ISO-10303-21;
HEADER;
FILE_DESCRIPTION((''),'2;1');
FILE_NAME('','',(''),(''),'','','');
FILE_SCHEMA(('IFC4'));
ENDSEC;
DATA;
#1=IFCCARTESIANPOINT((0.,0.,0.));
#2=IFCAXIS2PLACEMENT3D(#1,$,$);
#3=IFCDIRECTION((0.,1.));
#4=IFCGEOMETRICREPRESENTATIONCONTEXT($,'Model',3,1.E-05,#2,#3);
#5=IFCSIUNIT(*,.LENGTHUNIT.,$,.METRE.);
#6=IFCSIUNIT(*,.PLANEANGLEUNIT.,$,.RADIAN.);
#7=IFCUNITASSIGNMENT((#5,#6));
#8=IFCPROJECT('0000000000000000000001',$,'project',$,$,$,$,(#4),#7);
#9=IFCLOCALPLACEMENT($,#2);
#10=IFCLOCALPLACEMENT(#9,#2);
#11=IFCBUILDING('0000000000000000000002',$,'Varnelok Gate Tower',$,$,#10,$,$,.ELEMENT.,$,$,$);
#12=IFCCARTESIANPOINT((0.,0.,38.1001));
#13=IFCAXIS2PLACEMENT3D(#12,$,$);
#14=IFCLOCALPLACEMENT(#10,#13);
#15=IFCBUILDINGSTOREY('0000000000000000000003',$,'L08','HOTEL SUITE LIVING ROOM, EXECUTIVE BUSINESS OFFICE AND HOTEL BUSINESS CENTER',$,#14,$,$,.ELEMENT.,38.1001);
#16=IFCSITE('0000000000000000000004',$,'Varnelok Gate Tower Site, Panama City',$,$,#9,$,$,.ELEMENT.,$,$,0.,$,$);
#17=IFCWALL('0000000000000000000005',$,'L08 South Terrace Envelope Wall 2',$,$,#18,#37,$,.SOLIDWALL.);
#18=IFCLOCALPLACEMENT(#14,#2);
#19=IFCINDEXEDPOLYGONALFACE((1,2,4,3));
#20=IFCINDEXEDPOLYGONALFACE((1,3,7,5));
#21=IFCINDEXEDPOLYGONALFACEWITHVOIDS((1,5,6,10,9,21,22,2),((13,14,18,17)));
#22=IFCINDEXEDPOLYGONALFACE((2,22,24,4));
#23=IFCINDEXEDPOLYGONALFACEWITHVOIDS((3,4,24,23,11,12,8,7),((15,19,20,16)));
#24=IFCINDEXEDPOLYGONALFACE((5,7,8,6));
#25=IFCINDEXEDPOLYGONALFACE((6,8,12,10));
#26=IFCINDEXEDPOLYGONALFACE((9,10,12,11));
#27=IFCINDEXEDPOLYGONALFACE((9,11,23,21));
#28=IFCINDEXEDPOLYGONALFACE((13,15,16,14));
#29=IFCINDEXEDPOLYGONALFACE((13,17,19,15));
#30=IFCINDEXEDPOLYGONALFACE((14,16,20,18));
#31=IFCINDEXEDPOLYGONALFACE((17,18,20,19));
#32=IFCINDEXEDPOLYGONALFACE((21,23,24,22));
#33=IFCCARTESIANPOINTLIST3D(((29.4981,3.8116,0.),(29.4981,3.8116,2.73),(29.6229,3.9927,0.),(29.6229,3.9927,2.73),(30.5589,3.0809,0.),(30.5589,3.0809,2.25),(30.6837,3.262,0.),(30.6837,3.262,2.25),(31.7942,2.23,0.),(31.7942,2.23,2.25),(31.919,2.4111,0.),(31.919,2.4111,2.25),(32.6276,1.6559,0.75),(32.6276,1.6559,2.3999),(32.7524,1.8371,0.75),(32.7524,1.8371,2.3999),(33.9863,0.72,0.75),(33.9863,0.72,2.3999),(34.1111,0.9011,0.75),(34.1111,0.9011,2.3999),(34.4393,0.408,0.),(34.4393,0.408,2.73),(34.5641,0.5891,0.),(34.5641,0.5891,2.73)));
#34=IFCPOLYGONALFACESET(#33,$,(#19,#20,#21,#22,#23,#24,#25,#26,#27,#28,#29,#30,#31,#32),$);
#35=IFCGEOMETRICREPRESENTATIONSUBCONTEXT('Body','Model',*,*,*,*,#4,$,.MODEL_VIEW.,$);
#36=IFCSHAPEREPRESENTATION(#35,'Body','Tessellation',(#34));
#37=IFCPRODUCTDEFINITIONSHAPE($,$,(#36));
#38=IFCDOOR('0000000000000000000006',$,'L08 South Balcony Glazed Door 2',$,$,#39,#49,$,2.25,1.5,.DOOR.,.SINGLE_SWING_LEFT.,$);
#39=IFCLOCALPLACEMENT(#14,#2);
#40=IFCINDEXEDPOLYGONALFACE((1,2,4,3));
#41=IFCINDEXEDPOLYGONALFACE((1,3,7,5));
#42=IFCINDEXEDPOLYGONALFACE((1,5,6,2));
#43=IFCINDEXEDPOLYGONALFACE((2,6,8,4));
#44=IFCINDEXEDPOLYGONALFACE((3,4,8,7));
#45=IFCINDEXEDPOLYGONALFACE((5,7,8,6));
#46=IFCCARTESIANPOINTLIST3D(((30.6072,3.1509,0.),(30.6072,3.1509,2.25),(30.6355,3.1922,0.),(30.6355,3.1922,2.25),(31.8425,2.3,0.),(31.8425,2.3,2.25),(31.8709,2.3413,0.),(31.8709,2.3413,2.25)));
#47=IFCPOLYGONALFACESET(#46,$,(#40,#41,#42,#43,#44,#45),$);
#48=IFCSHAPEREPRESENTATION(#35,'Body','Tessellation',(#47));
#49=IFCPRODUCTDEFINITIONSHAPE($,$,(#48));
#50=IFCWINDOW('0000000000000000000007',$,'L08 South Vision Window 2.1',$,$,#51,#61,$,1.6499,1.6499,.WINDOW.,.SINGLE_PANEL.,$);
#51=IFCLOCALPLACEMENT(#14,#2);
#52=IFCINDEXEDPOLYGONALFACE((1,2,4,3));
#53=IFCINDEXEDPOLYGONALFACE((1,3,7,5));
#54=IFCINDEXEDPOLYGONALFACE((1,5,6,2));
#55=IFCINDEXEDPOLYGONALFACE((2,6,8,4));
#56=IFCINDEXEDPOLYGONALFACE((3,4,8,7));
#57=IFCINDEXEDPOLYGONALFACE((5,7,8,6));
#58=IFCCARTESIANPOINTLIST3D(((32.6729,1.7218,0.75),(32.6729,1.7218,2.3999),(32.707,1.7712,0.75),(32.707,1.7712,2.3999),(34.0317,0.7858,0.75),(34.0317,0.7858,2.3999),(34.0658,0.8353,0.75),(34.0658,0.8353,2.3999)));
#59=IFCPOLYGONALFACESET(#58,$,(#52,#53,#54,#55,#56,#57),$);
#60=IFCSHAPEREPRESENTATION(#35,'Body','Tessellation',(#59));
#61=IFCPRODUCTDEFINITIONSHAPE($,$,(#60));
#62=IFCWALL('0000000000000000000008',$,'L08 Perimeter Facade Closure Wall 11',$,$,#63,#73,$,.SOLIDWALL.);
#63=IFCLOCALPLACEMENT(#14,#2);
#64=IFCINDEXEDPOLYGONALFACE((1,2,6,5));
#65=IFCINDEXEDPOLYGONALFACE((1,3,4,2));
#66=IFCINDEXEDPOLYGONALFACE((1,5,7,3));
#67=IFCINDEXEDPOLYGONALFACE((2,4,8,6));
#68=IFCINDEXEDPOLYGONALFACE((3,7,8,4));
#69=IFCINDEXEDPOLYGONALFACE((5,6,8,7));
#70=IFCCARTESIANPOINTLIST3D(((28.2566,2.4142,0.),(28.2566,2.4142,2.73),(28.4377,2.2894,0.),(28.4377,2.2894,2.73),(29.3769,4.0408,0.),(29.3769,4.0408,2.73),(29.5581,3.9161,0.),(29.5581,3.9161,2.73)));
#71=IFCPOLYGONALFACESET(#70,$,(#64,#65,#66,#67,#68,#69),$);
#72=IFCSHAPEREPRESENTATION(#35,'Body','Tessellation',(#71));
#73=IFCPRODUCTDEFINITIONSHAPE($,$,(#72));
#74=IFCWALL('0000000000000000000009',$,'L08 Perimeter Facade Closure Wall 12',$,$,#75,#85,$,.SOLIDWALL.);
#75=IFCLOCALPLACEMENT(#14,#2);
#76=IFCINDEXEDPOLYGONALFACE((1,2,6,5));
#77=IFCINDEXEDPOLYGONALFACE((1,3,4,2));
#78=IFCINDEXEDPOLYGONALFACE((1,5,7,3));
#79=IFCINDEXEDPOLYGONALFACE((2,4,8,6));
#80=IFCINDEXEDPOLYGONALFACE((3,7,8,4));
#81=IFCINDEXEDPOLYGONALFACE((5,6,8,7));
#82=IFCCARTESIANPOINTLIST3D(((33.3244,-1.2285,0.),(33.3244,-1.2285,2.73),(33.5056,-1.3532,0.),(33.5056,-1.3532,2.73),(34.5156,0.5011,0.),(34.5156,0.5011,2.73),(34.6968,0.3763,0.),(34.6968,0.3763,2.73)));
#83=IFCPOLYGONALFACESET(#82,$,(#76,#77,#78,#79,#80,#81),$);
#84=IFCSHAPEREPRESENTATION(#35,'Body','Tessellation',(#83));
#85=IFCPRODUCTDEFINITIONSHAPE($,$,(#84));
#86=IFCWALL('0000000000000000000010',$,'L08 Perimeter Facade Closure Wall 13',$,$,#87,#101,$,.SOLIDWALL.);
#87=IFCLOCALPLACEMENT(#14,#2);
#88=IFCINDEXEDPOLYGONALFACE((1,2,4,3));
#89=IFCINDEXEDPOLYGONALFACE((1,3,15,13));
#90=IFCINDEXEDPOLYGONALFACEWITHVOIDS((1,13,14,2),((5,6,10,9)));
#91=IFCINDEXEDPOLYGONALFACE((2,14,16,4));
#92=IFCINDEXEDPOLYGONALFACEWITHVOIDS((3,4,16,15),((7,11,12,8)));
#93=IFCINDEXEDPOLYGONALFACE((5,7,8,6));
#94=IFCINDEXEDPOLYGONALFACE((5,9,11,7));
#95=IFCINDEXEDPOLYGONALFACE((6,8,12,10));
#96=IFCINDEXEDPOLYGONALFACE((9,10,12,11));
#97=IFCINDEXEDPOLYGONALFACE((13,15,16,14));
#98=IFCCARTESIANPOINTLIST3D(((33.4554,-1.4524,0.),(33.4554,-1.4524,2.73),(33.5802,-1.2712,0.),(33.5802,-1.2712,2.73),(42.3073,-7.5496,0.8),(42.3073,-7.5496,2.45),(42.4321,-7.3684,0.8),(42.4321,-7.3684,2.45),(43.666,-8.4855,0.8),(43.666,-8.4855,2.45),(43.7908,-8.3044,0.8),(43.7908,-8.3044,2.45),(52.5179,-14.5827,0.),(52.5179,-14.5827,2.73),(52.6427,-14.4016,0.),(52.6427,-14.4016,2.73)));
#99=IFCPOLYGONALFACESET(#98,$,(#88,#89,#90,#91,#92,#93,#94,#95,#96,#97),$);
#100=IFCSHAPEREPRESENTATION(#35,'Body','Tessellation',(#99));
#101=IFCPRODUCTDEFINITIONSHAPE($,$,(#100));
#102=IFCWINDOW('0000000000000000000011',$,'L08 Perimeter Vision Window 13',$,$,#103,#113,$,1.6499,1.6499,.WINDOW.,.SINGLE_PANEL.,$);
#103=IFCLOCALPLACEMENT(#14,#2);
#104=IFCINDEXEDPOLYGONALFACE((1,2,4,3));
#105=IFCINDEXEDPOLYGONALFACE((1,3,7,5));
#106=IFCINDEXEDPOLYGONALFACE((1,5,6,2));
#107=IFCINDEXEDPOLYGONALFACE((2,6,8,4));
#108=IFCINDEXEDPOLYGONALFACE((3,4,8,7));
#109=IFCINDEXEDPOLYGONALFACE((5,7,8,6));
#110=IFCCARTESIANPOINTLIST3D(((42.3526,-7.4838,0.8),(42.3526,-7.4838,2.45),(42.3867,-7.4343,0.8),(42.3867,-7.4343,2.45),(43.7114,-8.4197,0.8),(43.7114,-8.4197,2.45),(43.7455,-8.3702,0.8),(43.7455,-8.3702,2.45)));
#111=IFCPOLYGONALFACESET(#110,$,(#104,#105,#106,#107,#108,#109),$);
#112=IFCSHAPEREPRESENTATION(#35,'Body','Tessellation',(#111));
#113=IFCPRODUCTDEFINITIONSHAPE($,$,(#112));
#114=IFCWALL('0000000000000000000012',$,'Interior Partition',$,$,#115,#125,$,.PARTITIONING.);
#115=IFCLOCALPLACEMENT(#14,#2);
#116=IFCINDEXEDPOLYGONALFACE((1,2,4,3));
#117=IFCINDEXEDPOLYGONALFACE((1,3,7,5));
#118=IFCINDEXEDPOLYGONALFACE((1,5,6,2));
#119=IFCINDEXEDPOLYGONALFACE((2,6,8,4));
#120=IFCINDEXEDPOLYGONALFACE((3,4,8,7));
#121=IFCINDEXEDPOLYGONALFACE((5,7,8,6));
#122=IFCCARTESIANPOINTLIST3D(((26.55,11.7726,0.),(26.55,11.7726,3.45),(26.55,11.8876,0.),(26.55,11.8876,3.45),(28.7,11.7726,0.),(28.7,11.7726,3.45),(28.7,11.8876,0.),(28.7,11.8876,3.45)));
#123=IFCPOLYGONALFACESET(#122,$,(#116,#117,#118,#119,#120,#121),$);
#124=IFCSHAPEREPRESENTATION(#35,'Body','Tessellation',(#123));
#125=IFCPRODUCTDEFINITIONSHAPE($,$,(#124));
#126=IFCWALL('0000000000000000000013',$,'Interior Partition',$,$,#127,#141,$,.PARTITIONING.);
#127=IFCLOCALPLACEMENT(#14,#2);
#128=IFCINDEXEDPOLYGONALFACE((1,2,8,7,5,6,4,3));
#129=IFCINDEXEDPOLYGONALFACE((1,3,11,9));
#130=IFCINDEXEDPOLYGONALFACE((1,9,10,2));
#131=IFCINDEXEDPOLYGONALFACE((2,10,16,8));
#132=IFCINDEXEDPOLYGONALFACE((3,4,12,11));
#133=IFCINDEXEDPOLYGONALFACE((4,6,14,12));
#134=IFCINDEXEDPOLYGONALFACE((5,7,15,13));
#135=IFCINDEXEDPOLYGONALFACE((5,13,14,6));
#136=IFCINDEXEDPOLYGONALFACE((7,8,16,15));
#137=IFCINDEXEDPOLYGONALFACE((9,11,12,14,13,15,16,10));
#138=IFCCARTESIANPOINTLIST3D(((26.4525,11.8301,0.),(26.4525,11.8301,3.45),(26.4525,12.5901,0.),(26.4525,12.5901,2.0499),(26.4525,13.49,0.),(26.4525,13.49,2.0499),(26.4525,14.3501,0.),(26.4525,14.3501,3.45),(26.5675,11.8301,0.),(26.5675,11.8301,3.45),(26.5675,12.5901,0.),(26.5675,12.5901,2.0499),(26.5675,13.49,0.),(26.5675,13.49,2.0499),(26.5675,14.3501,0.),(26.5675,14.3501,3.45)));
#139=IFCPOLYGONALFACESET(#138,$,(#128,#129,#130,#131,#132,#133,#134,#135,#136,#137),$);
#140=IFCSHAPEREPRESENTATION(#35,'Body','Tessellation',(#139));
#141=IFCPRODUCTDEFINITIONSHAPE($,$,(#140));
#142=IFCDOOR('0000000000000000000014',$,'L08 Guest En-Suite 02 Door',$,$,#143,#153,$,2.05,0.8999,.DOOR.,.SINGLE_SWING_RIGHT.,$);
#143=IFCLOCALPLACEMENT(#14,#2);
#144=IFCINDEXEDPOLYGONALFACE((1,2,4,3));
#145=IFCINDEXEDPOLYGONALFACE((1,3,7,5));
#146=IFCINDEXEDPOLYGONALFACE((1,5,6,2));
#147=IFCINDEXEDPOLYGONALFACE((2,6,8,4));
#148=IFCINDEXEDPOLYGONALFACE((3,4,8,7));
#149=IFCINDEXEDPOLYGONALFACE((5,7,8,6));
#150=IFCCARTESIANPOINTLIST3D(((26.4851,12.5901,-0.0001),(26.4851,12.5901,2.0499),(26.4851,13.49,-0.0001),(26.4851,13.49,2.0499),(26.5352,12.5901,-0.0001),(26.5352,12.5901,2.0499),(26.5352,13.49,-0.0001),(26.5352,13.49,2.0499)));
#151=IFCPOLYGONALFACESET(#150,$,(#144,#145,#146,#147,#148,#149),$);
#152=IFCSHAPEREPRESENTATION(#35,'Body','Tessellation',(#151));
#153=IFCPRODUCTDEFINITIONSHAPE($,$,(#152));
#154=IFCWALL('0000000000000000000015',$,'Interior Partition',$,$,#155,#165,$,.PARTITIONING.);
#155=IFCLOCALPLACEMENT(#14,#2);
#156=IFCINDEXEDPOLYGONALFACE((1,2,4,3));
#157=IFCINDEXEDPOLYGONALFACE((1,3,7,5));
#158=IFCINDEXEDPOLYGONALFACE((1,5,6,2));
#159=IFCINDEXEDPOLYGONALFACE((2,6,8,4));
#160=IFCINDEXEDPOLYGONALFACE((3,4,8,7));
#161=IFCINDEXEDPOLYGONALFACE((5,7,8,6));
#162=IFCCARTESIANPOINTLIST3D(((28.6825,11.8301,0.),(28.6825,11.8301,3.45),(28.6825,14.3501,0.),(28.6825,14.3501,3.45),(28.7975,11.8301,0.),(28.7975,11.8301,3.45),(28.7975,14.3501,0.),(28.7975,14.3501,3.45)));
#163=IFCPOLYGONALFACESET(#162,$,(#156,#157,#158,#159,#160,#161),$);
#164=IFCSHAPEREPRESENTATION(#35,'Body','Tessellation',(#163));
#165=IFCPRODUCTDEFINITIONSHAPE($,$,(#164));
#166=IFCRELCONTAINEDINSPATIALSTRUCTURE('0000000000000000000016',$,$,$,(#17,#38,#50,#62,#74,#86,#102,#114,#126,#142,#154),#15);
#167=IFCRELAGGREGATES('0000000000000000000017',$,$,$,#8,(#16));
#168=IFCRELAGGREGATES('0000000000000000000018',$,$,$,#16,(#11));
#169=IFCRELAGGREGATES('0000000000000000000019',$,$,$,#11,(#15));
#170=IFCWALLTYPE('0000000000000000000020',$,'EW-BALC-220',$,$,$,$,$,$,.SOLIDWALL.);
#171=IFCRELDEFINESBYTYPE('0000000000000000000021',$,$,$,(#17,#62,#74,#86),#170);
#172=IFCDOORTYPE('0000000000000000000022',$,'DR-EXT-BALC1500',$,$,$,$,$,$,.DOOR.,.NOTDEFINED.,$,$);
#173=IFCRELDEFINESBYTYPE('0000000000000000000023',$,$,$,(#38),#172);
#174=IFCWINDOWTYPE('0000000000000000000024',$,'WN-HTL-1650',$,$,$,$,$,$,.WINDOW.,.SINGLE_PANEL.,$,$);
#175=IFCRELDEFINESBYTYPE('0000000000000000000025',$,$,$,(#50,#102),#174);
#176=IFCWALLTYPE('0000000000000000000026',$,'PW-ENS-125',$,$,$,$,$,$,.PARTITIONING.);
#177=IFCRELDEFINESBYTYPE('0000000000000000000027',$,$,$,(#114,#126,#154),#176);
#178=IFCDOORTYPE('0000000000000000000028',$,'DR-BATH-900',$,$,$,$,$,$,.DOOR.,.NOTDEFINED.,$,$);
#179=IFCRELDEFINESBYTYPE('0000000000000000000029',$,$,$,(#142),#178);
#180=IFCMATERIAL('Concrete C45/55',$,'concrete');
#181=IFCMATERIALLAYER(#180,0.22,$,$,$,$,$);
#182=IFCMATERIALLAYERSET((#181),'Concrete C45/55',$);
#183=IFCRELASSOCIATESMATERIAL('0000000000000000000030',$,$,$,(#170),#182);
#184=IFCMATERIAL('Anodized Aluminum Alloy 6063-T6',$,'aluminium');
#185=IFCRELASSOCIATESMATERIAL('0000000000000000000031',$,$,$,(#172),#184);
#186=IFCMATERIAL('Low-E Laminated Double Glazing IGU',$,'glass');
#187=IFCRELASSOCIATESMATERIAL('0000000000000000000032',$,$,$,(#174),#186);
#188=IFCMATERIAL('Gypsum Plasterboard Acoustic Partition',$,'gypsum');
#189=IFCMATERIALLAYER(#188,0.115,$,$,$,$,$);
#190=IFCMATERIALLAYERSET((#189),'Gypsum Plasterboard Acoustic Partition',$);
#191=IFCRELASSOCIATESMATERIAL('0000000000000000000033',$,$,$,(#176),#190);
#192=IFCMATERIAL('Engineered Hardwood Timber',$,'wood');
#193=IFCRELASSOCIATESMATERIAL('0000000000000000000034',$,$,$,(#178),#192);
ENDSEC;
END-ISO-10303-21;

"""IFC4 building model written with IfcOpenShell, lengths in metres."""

from ifc_helpers import new_model, si_unit, direction, frame, frame_2d, origin, place, context, subcontext, project, spatial, rectangle, extrude, material, layer, layer_set, type_object, element, fill, save


model = new_model("IFC4")

# Units and contexts
model_context = context("Model", 3, precision=1e-05, world=origin(), true_north=direction((0.0, 1.0)))
body_context = subcontext(model_context, "Body", "Model", "MODEL_VIEW")
ifc_project = project(units=[si_unit("LENGTHUNIT", "METRE"), si_unit("PLANEANGLEUNIT", "RADIAN")], contexts=[model_context])

# Site, building, storey
site_placement = place(None, origin())
site = spatial("IfcSite", under=ifc_project, at=site_placement, Name="Varnelok Gate Tower Site, Panama City", CompositionType="ELEMENT", RefElevation=0.0)
building_placement = place(site_placement, origin())
building = spatial("IfcBuilding", under=site, at=building_placement, Name="Varnelok Gate Tower", CompositionType="ELEMENT")
storey_placement = place(building_placement, frame((0.0, 0.0, 38.1001)))
storey = spatial("IfcBuildingStorey", under=building, at=storey_placement, Name="L08", Description="HOTEL SUITE LIVING ROOM, EXECUTIVE BUSINESS OFFICE AND HOTEL BUSINESS CENTER", CompositionType="ELEMENT", Elevation=38.1001)

# Wall, openings, door, window
ifc_material_1 = material(Name="Concrete C45/55", Category="concrete")
ifc_layer_1 = layer(ifc_material_1, 0.22)
ifc_layer_set_1 = layer_set([ifc_layer_1], Name="Concrete C45/55")
wall_type_1 = type_object("IfcWallType", Name="EW-BALC-220", PredefinedType="SOLIDWALL", material=ifc_layer_set_1)
wall_1_placement = place(storey_placement, frame((34.5017, 0.4985, 0.0), z_axis=(0.0, 0.0, 1.0), x_axis=(-0.823535, 0.567266, 0.0)))
wall_1 = element("IfcWall", 1, at=wall_1_placement, inside=storey, type_object=wall_type_1, Name="L08 South Terrace Envelope Wall 2", PredefinedType="SOLIDWALL", context=body_context, shape_type="SweptSolid", body=[
    extrude(rectangle(XDim=6.0, YDim=0.22, at=frame_2d((3.0, 0.0))), origin(), (0.0, 0.0, 1.0), 2.73),
])
opening_1_placement = place(wall_1_placement, frame((3.2119, 0.0, 0.0)))
opening_1 = element("IfcOpeningElement", 2, at=opening_1_placement, cuts=wall_1, PredefinedType="OPENING", context=body_context, shape_type="SweptSolid", body=[
    extrude(rectangle(XDim=1.5, YDim=2.25, at=frame_2d((0.75, 1.125))), frame((0.0, 0.1199, 0.0), z_axis=(0.0, -1.0, 0.0), x_axis=(1.0, 0.0, 0.0)), (0.0, 0.0, 1.0), 0.24),
])
opening_2_placement = place(wall_1_placement, frame((0.55, 0.0, 0.75)))
opening_2 = element("IfcOpeningElement", 3, at=opening_2_placement, cuts=wall_1, PredefinedType="OPENING", context=body_context, shape_type="SweptSolid", body=[
    extrude(rectangle(XDim=1.6499, YDim=1.6499, at=frame_2d((0.825, 0.825))), frame((0.0, 0.1199, 0.0), z_axis=(0.0, -1.0, 0.0), x_axis=(1.0, 0.0, 0.0)), (0.0, 0.0, 1.0), 0.24),
])
ifc_material_2 = material(Name="Anodized Aluminum Alloy 6063-T6", Category="aluminium")
door_type_1 = type_object("IfcDoorType", Name="DR-EXT-BALC1500", OperationType="NOTDEFINED", PredefinedType="DOOR", material=ifc_material_2)
door_1_placement = place(opening_1_placement, origin())
door_1 = element("IfcDoor", 4, at=door_1_placement, inside=storey, type_object=door_type_1, Name="L08 South Balcony Glazed Door 2", OperationType="SINGLE_SWING_LEFT", OverallHeight=2.25, OverallWidth=1.5, PredefinedType="DOOR", context=body_context, shape_type="SweptSolid", body=[
    extrude(rectangle(XDim=1.5, YDim=2.25, at=frame_2d((0.75, 1.125))), frame((0.0, 0.0249, 0.0), z_axis=(0.0, -1.0, 0.0), x_axis=(1.0, 0.0, 0.0)), (0.0, 0.0, 1.0), 0.05),
])
fill(opening_1, door_1)
ifc_material_3 = material(Name="Low-E Laminated Double Glazing IGU", Category="glass")
window_type = type_object("IfcWindowType", Name="WN-HTL-1650", PartitioningType="SINGLE_PANEL", PredefinedType="WINDOW", material=ifc_material_3)
window_1_placement = place(opening_2_placement, origin())
window_1 = element("IfcWindow", 5, at=window_1_placement, inside=storey, type_object=window_type, Name="L08 South Vision Window 2.1", OverallHeight=1.6499, OverallWidth=1.6499, PartitioningType="SINGLE_PANEL", PredefinedType="WINDOW", context=body_context, shape_type="SweptSolid", body=[
    extrude(rectangle(XDim=1.6499, YDim=1.6499, at=frame_2d((0.825, 0.825))), frame((0.0, 0.03, 0.0), z_axis=(0.0, -1.0, 0.0), x_axis=(1.0, 0.0, 0.0)), (0.0, 0.0, 1.0), 0.0601),
])
fill(opening_2, window_1)

# Walls
wall_2_placement = place(storey_placement, frame((28.3472, 2.3518, 0.0), z_axis=(0.0, 0.0, 1.0), x_axis=(0.567216, 0.823569, 0.0)))
element("IfcWall", 6, at=wall_2_placement, inside=storey, type_object=wall_type_1, Name="L08 Perimeter Facade Closure Wall 11", PredefinedType="SOLIDWALL", context=body_context, shape_type="SweptSolid", body=[
    extrude(rectangle(XDim=1.9751, YDim=0.22, at=frame_2d((0.9875, 0.0))), origin(), (0.0, 0.0, 1.0), 2.73),
])
wall_3_placement = place(storey_placement, frame((34.6062, 0.4387, 0.0), z_axis=(0.0, 0.0, 1.0), x_axis=(-0.567219, -0.823567, 0.0)))
element("IfcWall", 7, at=wall_3_placement, inside=storey, type_object=wall_type_1, Name="L08 Perimeter Facade Closure Wall 12", PredefinedType="SOLIDWALL", context=body_context, shape_type="SweptSolid", body=[
    extrude(rectangle(XDim=2.1001, YDim=0.22, at=frame_2d((1.05, 0.0))), origin(), (0.0, 0.0, 1.0), 2.73),
])

# Wall, opening, window
wall_4_placement = place(storey_placement, frame((33.5178, -1.3618, 0.0), z_axis=(0.0, 0.0, 1.0), x_axis=(0.823539, -0.567259, 0.0)))
wall_4 = element("IfcWall", 8, at=wall_4_placement, inside=storey, type_object=wall_type_1, Name="L08 Perimeter Facade Closure Wall 13", PredefinedType="SOLIDWALL", context=body_context, shape_type="SweptSolid", body=[
    extrude(rectangle(XDim=23.147, YDim=0.22, at=frame_2d((11.5735, 0.0))), origin(), (0.0, 0.0, 1.0), 2.73),
])
opening_3_placement = place(wall_4_placement, frame((10.7485, 0.0, 0.8)))
opening_3 = element("IfcOpeningElement", 9, at=opening_3_placement, cuts=wall_4, PredefinedType="OPENING", context=body_context, shape_type="SweptSolid", body=[
    extrude(rectangle(XDim=1.6499, YDim=1.6499, at=frame_2d((0.825, 0.825))), frame((0.0, 0.1199, 0.0), z_axis=(0.0, -1.0, 0.0), x_axis=(1.0, 0.0, 0.0)), (0.0, 0.0, 1.0), 0.24),
])
window_2_placement = place(opening_3_placement, origin())
window_2 = element("IfcWindow", 10, at=window_2_placement, inside=storey, type_object=window_type, Name="L08 Perimeter Vision Window 13", OverallHeight=1.6499, OverallWidth=1.6499, PartitioningType="SINGLE_PANEL", PredefinedType="WINDOW", context=body_context, shape_type="SweptSolid", body=[
    extrude(rectangle(XDim=1.6499, YDim=1.6499, at=frame_2d((0.825, 0.825))), frame((0.0, 0.03, 0.0), z_axis=(0.0, -1.0, 0.0), x_axis=(1.0, 0.0, 0.0)), (0.0, 0.0, 1.0), 0.0601),
])
fill(opening_3, window_2)

# Wall
ifc_material_4 = material(Name="Gypsum Plasterboard Acoustic Partition", Category="gypsum")
ifc_layer_2 = layer(ifc_material_4, 0.115)
ifc_layer_set_2 = layer_set([ifc_layer_2], Name="Gypsum Plasterboard Acoustic Partition")
wall_type_2 = type_object("IfcWallType", Name="PW-ENS-125", PredefinedType="PARTITIONING", material=ifc_layer_set_2)
wall_5_placement = place(storey_placement, frame((26.55, 11.8301, 0.0), z_axis=(0.0, 0.0, 1.0), x_axis=(1.0, 0.0, 0.0)))
element("IfcWall", 11, at=wall_5_placement, inside=storey, type_object=wall_type_2, Name="Interior Partition", PredefinedType="PARTITIONING", context=body_context, shape_type="SweptSolid", body=[
    extrude(rectangle(XDim=2.1499, YDim=0.115, at=frame_2d((1.075, 0.0))), origin(), (0.0, 0.0, 1.0), 3.45),
])

# Wall, opening, door
wall_6_placement = place(storey_placement, frame((26.51, 11.8301, 0.0), z_axis=(0.0, 0.0, 1.0), x_axis=(0.0, 1.0, 0.0)))
wall_6 = element("IfcWall", 12, at=wall_6_placement, inside=storey, type_object=wall_type_2, Name="Interior Partition", PredefinedType="PARTITIONING", context=body_context, shape_type="SweptSolid", body=[
    extrude(rectangle(XDim=2.52, YDim=0.115, at=frame_2d((1.26, 0.0))), origin(), (0.0, 0.0, 1.0), 3.45),
])
opening_4_placement = place(wall_6_placement, frame((0.76, 0.0, 0.0)))
opening_4 = element("IfcOpeningElement", 13, at=opening_4_placement, cuts=wall_6, PredefinedType="OPENING", context=body_context, shape_type="SweptSolid", body=[
    extrude(rectangle(XDim=0.8999, YDim=2.05, at=frame_2d((0.45, 1.0249))), frame((0.0, 0.0674, 0.0), z_axis=(0.0, -1.0, 0.0), x_axis=(1.0, 0.0, 0.0)), (0.0, 0.0, 1.0), 0.135),
])
ifc_material_5 = material(Name="Engineered Hardwood Timber", Category="wood")
door_type_2 = type_object("IfcDoorType", Name="DR-BATH-900", OperationType="NOTDEFINED", PredefinedType="DOOR", material=ifc_material_5)
door_2_placement = place(opening_4_placement, origin())
door_2 = element("IfcDoor", 14, at=door_2_placement, inside=storey, type_object=door_type_2, Name="L08 Guest En-Suite 02 Door", OperationType="SINGLE_SWING_RIGHT", OverallHeight=2.05, OverallWidth=0.8999, PredefinedType="DOOR", context=body_context, shape_type="SweptSolid", body=[
    extrude(rectangle(XDim=0.8999, YDim=2.05, at=frame_2d((0.45, 1.0249))), frame((0.0, 0.0249, 0.0), z_axis=(0.0, -1.0, 0.0), x_axis=(1.0, 0.0, 0.0)), (0.0, 0.0, 1.0), 0.05),
])
fill(opening_4, door_2)

# Wall
wall_7_placement = place(storey_placement, frame((28.74, 11.8301, 0.0), z_axis=(0.0, 0.0, 1.0), x_axis=(0.0, 1.0, 0.0)))
element("IfcWall", 15, at=wall_7_placement, inside=storey, type_object=wall_type_2, Name="Interior Partition", PredefinedType="PARTITIONING", context=body_context, shape_type="SweptSolid", body=[
    extrude(rectangle(XDim=2.52, YDim=0.115, at=frame_2d((1.26, 0.0))), origin(), (0.0, 0.0, 1.0), 3.45),
])

save(model, "model.ifc")
